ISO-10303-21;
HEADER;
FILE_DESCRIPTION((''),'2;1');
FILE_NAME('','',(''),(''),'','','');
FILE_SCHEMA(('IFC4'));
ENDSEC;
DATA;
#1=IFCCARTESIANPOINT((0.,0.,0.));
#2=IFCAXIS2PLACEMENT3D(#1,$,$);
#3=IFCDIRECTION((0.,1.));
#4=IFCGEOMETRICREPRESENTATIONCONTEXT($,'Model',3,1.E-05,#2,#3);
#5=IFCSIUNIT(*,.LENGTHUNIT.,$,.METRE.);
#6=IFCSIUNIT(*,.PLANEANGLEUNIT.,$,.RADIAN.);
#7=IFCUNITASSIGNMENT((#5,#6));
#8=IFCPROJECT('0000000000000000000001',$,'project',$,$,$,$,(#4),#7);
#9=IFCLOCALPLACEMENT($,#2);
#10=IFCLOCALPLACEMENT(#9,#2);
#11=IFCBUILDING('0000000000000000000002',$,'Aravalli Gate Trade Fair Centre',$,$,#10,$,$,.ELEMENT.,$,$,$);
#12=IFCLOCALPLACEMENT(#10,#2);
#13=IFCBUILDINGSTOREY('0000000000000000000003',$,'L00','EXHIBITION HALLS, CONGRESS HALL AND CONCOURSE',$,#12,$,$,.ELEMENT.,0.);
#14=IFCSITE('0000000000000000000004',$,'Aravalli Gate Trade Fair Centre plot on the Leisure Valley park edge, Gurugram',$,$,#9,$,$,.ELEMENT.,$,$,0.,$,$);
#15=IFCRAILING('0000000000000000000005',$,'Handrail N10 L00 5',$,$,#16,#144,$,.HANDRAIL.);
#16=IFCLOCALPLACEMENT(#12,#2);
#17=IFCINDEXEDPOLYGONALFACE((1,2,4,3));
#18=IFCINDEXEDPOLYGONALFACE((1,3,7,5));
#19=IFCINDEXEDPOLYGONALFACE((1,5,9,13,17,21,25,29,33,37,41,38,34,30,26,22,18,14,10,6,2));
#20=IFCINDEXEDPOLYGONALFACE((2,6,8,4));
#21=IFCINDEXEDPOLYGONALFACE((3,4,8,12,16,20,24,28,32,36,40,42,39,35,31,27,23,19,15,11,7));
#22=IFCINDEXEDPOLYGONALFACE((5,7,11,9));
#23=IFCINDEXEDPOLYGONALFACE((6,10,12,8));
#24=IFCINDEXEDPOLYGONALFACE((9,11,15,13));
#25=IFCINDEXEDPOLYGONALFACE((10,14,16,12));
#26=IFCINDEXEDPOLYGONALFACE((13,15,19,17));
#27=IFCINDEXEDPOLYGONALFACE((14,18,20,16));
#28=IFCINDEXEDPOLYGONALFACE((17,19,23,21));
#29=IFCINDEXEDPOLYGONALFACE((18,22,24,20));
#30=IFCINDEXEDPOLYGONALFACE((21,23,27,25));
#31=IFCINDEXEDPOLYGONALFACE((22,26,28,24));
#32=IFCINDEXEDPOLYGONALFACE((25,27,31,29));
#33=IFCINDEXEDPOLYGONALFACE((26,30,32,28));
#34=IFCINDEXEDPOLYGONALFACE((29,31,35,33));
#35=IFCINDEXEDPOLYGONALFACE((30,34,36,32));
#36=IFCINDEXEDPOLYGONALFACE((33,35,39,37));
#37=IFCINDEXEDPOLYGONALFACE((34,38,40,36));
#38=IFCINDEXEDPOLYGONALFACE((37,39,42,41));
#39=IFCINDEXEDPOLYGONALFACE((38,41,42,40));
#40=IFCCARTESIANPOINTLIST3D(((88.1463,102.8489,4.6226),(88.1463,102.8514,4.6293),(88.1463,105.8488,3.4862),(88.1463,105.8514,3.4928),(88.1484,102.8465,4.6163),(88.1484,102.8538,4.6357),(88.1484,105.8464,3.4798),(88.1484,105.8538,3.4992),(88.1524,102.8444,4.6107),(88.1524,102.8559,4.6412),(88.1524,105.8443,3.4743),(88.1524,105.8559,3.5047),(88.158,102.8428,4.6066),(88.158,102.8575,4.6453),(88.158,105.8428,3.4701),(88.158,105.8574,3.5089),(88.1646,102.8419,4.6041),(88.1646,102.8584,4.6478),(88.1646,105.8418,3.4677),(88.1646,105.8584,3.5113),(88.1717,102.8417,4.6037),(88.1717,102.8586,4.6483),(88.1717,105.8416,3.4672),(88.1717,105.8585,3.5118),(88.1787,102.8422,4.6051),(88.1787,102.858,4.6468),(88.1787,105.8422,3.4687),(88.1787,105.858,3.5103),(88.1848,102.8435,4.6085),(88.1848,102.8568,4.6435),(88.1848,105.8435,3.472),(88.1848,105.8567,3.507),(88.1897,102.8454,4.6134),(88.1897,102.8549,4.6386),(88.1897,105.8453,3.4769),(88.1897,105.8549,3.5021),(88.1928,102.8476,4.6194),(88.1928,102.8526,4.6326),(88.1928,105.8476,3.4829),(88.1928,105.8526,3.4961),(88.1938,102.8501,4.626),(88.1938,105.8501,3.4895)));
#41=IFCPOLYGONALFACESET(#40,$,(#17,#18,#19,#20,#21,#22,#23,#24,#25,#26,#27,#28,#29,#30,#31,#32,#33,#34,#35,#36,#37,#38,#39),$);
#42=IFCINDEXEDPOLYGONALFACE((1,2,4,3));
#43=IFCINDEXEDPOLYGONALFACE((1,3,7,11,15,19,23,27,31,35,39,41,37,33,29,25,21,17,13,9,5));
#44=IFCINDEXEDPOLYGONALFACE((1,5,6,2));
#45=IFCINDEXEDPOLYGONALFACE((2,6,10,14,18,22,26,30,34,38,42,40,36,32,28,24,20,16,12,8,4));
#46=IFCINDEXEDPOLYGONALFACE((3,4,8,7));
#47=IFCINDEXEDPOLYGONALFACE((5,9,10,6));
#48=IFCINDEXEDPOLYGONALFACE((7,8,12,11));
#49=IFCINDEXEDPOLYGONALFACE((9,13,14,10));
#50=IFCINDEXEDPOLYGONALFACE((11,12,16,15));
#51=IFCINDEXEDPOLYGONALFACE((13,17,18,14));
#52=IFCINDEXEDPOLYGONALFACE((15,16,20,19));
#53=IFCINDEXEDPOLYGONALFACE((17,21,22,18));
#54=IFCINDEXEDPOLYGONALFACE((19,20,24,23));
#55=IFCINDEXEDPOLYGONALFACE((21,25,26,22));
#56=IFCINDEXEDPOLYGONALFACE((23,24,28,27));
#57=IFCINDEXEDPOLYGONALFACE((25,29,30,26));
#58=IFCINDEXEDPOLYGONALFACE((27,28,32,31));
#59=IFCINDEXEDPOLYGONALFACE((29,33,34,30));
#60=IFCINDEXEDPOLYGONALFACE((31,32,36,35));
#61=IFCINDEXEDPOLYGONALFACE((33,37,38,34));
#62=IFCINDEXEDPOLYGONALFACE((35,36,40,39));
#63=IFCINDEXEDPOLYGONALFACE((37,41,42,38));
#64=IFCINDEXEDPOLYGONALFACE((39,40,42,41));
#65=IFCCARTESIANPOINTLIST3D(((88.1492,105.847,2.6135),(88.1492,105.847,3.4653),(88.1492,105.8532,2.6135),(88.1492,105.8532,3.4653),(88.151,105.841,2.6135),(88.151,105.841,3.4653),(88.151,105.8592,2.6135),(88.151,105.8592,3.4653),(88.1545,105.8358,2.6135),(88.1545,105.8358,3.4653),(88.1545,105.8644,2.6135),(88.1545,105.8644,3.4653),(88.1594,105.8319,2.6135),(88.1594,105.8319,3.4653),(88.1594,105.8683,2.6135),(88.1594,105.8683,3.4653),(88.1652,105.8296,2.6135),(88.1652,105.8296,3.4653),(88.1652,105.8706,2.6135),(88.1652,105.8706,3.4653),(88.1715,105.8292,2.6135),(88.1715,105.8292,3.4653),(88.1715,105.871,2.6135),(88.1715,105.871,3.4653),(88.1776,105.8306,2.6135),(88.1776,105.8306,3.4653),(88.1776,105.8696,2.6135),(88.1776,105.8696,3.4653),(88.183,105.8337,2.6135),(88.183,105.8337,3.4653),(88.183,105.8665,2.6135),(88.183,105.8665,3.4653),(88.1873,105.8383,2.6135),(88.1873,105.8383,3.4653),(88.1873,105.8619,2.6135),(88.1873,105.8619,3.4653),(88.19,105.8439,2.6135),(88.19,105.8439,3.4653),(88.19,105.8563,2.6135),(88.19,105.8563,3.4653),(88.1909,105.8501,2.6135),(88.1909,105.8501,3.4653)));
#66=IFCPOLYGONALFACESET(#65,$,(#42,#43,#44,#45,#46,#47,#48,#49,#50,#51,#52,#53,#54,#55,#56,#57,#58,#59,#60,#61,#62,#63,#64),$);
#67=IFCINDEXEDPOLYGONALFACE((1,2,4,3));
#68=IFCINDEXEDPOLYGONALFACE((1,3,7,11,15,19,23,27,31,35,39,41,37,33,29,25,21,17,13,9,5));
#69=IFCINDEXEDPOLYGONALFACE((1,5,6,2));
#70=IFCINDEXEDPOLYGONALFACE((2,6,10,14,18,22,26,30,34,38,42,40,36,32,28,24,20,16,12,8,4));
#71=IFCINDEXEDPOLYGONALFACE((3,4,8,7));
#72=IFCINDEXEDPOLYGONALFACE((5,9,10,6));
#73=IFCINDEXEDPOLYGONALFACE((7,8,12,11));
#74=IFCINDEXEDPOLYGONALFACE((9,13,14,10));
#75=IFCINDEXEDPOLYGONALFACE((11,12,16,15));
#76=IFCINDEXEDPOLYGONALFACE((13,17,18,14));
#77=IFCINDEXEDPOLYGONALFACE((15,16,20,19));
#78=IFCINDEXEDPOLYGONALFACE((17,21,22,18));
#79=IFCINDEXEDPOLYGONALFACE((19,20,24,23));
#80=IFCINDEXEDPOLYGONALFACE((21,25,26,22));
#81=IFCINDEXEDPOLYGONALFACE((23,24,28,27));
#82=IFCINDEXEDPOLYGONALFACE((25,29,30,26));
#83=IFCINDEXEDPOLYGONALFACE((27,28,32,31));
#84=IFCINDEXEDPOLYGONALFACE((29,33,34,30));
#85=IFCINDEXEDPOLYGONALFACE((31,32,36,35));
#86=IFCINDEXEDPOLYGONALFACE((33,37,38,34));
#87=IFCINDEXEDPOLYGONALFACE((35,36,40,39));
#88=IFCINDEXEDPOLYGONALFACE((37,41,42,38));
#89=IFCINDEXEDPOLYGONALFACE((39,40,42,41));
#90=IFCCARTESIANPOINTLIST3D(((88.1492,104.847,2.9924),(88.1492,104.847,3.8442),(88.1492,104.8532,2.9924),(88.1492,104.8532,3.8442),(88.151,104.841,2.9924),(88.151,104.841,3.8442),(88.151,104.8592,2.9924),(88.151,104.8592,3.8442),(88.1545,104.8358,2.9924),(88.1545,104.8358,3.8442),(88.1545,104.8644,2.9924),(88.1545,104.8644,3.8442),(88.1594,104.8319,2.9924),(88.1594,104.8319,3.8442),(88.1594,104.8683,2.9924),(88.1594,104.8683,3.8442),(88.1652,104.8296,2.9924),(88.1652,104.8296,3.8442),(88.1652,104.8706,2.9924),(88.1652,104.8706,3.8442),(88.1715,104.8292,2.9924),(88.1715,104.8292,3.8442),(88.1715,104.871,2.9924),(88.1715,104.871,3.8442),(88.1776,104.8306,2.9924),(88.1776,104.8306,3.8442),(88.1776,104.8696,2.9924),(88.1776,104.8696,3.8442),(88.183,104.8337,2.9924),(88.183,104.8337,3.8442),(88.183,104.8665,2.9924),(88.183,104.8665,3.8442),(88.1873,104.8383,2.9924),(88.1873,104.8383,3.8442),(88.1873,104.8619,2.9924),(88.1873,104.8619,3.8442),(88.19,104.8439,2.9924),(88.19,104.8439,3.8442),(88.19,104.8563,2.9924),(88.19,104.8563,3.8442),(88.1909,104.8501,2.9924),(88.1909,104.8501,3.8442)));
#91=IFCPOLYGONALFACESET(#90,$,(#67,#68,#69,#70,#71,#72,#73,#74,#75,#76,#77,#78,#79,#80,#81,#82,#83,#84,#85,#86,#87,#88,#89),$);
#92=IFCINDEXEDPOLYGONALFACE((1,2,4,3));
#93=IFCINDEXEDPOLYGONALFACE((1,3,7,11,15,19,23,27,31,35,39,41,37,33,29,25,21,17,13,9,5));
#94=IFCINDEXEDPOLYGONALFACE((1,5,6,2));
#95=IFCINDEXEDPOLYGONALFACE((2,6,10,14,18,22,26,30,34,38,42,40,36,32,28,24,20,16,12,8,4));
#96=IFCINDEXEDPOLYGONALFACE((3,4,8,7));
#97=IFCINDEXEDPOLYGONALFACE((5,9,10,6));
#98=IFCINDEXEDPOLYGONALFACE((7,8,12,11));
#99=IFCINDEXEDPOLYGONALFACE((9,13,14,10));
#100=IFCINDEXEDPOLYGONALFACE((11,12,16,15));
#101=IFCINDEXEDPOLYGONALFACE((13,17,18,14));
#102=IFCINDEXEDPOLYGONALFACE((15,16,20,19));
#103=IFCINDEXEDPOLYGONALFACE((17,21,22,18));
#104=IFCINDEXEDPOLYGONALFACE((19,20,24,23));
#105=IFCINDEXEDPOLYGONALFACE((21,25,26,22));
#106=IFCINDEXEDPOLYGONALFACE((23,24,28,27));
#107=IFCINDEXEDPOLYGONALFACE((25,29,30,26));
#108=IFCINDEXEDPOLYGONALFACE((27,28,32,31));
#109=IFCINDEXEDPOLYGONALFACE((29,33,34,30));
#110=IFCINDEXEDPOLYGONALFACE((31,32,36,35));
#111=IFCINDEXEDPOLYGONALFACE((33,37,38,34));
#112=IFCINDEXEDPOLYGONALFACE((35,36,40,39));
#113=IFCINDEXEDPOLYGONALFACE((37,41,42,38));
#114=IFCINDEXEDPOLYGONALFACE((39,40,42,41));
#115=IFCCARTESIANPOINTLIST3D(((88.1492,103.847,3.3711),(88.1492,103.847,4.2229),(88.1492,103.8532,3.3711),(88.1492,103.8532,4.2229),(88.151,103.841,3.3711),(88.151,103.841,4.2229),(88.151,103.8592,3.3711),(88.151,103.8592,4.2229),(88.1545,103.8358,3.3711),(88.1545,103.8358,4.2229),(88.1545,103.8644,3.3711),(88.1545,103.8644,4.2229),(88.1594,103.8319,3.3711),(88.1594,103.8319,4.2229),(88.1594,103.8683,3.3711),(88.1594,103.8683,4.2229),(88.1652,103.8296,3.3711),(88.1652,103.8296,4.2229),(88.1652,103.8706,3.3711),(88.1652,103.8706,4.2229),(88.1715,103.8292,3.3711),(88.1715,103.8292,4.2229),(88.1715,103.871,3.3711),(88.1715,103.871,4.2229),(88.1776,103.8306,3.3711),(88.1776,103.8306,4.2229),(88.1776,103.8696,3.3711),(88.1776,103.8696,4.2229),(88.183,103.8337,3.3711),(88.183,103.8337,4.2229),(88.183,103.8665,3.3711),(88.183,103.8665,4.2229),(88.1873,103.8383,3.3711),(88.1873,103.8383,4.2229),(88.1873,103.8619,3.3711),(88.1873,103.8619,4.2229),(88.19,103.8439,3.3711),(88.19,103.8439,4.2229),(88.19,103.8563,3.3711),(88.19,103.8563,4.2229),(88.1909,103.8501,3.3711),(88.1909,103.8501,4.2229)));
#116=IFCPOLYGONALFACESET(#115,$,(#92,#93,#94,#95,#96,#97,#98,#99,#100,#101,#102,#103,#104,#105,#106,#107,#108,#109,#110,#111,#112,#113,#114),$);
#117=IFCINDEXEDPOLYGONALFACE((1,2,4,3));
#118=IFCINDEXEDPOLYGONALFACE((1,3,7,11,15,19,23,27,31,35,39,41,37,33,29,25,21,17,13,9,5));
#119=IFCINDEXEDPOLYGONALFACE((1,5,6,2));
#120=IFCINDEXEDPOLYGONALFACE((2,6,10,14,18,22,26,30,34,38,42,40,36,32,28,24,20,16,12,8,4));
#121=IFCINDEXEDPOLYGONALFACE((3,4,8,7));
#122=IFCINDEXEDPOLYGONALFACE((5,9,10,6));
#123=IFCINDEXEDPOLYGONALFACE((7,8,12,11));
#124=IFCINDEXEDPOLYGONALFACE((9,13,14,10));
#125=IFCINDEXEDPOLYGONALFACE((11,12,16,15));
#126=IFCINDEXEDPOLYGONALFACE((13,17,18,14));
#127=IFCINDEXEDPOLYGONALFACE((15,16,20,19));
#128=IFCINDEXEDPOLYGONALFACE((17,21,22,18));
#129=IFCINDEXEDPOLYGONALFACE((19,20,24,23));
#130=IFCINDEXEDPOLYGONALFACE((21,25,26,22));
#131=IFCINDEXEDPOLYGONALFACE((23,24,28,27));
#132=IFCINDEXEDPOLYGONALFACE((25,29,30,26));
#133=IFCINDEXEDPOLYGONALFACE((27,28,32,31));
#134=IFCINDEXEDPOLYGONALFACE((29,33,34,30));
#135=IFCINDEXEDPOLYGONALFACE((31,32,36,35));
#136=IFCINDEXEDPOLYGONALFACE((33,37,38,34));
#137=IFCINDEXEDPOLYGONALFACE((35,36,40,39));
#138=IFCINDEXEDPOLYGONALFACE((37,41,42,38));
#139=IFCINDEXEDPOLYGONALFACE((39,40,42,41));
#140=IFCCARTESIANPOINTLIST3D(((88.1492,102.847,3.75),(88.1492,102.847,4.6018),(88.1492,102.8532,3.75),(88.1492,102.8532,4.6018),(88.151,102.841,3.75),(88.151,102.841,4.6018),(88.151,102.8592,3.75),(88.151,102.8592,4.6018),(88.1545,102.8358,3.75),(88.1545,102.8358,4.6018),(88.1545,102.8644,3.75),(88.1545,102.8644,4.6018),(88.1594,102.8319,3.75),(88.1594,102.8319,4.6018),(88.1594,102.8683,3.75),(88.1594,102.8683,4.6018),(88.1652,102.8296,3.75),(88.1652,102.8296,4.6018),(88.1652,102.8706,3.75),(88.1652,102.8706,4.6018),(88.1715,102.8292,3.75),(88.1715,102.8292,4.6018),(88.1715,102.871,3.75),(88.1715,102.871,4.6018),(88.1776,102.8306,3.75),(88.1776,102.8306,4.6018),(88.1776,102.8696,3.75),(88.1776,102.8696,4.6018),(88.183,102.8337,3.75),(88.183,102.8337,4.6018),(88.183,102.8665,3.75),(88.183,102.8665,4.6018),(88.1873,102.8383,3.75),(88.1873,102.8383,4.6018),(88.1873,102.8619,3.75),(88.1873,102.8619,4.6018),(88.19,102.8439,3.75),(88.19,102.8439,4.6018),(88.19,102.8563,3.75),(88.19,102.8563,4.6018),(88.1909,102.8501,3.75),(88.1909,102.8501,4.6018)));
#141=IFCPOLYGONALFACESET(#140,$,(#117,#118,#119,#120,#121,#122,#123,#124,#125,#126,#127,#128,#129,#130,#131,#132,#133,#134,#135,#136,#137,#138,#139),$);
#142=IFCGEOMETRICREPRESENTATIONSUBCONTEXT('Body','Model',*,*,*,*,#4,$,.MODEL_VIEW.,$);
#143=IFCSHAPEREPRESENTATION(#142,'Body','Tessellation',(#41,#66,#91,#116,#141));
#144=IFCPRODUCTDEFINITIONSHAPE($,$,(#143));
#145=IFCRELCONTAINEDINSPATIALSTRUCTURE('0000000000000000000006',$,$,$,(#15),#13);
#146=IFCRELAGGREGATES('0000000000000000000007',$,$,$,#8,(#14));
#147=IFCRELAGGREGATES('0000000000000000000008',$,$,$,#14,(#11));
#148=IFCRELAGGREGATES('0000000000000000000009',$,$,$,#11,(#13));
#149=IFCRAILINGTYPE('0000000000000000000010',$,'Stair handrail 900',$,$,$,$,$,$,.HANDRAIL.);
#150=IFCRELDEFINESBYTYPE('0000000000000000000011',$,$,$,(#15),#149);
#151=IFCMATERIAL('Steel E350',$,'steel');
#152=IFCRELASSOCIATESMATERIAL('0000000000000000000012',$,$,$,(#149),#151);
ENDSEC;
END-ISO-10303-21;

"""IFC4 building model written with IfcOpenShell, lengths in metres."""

from ifc_helpers import new_model, si_unit, direction, frame, origin, origin_2d, place, context, subcontext, project, spatial, circle, extrude, material, type_object, element, save


model = new_model("IFC4")

# Units and contexts
model_context = context("Model", 3, precision=1e-05, world=origin(), true_north=direction((0.0, 1.0)))
body_context = subcontext(model_context, "Body", "Model", "MODEL_VIEW")
ifc_project = project(units=[si_unit("LENGTHUNIT", "METRE"), si_unit("PLANEANGLEUNIT", "RADIAN")], contexts=[model_context])

# Site, building, storey
site_placement = place(None, origin())
site = spatial("IfcSite", under=ifc_project, at=site_placement, Name="Aravalli Gate Trade Fair Centre plot on the Leisure Valley park edge, Gurugram", CompositionType="ELEMENT", RefElevation=0.0)
building_placement = place(site_placement, origin())
building = spatial("IfcBuilding", under=site, at=building_placement, Name="Aravalli Gate Trade Fair Centre", CompositionType="ELEMENT")
storey_placement = place(building_placement, origin())
storey = spatial("IfcBuildingStorey", under=building, at=storey_placement, Name="L00", Description="EXHIBITION HALLS, CONGRESS HALL AND CONCOURSE", CompositionType="ELEMENT", Elevation=0.0)

# Railing
ifc_material_1 = material(Name="Steel E350", Category="steel")
railing_type = type_object("IfcRailingType", Name="Stair handrail 900", PredefinedType="HANDRAIL", material=ifc_material_1)
for number, where, name in (
    (1, (88.1699, 105.8501, 2.6135), "Handrail N10 L00 5"),
):
    element("IfcRailing", number, at=place(storey_placement, frame(where)), inside=storey, type_object=railing_type, Name=name, PredefinedType="HANDRAIL", context=body_context, shape_type="SweptSolid", body=[
        extrude(circle(Radius=0.0239, at=origin_2d()), frame((0.0, 0.0, 0.876), z_axis=(0.0, -0.935148, 0.354257), x_axis=(1.0, 0.0, 0.0)), (0.0, 0.0, 1.0), 3.208),
        extrude(circle(Radius=0.021, at=origin_2d()), origin(), (0.0, 0.0, 1.0), 0.8518),
        extrude(circle(Radius=0.021, at=origin_2d()), frame((0.0, -1.0, 0.3789)), (0.0, 0.0, 1.0), 0.8518),
        extrude(circle(Radius=0.021, at=origin_2d()), frame((0.0, -2.0, 0.7576)), (0.0, 0.0, 1.0), 0.8518),
        extrude(circle(Radius=0.021, at=origin_2d()), frame((0.0, -3.0, 1.1365)), (0.0, 0.0, 1.0), 0.8518),
    ])

save(model, "model.ifc")
